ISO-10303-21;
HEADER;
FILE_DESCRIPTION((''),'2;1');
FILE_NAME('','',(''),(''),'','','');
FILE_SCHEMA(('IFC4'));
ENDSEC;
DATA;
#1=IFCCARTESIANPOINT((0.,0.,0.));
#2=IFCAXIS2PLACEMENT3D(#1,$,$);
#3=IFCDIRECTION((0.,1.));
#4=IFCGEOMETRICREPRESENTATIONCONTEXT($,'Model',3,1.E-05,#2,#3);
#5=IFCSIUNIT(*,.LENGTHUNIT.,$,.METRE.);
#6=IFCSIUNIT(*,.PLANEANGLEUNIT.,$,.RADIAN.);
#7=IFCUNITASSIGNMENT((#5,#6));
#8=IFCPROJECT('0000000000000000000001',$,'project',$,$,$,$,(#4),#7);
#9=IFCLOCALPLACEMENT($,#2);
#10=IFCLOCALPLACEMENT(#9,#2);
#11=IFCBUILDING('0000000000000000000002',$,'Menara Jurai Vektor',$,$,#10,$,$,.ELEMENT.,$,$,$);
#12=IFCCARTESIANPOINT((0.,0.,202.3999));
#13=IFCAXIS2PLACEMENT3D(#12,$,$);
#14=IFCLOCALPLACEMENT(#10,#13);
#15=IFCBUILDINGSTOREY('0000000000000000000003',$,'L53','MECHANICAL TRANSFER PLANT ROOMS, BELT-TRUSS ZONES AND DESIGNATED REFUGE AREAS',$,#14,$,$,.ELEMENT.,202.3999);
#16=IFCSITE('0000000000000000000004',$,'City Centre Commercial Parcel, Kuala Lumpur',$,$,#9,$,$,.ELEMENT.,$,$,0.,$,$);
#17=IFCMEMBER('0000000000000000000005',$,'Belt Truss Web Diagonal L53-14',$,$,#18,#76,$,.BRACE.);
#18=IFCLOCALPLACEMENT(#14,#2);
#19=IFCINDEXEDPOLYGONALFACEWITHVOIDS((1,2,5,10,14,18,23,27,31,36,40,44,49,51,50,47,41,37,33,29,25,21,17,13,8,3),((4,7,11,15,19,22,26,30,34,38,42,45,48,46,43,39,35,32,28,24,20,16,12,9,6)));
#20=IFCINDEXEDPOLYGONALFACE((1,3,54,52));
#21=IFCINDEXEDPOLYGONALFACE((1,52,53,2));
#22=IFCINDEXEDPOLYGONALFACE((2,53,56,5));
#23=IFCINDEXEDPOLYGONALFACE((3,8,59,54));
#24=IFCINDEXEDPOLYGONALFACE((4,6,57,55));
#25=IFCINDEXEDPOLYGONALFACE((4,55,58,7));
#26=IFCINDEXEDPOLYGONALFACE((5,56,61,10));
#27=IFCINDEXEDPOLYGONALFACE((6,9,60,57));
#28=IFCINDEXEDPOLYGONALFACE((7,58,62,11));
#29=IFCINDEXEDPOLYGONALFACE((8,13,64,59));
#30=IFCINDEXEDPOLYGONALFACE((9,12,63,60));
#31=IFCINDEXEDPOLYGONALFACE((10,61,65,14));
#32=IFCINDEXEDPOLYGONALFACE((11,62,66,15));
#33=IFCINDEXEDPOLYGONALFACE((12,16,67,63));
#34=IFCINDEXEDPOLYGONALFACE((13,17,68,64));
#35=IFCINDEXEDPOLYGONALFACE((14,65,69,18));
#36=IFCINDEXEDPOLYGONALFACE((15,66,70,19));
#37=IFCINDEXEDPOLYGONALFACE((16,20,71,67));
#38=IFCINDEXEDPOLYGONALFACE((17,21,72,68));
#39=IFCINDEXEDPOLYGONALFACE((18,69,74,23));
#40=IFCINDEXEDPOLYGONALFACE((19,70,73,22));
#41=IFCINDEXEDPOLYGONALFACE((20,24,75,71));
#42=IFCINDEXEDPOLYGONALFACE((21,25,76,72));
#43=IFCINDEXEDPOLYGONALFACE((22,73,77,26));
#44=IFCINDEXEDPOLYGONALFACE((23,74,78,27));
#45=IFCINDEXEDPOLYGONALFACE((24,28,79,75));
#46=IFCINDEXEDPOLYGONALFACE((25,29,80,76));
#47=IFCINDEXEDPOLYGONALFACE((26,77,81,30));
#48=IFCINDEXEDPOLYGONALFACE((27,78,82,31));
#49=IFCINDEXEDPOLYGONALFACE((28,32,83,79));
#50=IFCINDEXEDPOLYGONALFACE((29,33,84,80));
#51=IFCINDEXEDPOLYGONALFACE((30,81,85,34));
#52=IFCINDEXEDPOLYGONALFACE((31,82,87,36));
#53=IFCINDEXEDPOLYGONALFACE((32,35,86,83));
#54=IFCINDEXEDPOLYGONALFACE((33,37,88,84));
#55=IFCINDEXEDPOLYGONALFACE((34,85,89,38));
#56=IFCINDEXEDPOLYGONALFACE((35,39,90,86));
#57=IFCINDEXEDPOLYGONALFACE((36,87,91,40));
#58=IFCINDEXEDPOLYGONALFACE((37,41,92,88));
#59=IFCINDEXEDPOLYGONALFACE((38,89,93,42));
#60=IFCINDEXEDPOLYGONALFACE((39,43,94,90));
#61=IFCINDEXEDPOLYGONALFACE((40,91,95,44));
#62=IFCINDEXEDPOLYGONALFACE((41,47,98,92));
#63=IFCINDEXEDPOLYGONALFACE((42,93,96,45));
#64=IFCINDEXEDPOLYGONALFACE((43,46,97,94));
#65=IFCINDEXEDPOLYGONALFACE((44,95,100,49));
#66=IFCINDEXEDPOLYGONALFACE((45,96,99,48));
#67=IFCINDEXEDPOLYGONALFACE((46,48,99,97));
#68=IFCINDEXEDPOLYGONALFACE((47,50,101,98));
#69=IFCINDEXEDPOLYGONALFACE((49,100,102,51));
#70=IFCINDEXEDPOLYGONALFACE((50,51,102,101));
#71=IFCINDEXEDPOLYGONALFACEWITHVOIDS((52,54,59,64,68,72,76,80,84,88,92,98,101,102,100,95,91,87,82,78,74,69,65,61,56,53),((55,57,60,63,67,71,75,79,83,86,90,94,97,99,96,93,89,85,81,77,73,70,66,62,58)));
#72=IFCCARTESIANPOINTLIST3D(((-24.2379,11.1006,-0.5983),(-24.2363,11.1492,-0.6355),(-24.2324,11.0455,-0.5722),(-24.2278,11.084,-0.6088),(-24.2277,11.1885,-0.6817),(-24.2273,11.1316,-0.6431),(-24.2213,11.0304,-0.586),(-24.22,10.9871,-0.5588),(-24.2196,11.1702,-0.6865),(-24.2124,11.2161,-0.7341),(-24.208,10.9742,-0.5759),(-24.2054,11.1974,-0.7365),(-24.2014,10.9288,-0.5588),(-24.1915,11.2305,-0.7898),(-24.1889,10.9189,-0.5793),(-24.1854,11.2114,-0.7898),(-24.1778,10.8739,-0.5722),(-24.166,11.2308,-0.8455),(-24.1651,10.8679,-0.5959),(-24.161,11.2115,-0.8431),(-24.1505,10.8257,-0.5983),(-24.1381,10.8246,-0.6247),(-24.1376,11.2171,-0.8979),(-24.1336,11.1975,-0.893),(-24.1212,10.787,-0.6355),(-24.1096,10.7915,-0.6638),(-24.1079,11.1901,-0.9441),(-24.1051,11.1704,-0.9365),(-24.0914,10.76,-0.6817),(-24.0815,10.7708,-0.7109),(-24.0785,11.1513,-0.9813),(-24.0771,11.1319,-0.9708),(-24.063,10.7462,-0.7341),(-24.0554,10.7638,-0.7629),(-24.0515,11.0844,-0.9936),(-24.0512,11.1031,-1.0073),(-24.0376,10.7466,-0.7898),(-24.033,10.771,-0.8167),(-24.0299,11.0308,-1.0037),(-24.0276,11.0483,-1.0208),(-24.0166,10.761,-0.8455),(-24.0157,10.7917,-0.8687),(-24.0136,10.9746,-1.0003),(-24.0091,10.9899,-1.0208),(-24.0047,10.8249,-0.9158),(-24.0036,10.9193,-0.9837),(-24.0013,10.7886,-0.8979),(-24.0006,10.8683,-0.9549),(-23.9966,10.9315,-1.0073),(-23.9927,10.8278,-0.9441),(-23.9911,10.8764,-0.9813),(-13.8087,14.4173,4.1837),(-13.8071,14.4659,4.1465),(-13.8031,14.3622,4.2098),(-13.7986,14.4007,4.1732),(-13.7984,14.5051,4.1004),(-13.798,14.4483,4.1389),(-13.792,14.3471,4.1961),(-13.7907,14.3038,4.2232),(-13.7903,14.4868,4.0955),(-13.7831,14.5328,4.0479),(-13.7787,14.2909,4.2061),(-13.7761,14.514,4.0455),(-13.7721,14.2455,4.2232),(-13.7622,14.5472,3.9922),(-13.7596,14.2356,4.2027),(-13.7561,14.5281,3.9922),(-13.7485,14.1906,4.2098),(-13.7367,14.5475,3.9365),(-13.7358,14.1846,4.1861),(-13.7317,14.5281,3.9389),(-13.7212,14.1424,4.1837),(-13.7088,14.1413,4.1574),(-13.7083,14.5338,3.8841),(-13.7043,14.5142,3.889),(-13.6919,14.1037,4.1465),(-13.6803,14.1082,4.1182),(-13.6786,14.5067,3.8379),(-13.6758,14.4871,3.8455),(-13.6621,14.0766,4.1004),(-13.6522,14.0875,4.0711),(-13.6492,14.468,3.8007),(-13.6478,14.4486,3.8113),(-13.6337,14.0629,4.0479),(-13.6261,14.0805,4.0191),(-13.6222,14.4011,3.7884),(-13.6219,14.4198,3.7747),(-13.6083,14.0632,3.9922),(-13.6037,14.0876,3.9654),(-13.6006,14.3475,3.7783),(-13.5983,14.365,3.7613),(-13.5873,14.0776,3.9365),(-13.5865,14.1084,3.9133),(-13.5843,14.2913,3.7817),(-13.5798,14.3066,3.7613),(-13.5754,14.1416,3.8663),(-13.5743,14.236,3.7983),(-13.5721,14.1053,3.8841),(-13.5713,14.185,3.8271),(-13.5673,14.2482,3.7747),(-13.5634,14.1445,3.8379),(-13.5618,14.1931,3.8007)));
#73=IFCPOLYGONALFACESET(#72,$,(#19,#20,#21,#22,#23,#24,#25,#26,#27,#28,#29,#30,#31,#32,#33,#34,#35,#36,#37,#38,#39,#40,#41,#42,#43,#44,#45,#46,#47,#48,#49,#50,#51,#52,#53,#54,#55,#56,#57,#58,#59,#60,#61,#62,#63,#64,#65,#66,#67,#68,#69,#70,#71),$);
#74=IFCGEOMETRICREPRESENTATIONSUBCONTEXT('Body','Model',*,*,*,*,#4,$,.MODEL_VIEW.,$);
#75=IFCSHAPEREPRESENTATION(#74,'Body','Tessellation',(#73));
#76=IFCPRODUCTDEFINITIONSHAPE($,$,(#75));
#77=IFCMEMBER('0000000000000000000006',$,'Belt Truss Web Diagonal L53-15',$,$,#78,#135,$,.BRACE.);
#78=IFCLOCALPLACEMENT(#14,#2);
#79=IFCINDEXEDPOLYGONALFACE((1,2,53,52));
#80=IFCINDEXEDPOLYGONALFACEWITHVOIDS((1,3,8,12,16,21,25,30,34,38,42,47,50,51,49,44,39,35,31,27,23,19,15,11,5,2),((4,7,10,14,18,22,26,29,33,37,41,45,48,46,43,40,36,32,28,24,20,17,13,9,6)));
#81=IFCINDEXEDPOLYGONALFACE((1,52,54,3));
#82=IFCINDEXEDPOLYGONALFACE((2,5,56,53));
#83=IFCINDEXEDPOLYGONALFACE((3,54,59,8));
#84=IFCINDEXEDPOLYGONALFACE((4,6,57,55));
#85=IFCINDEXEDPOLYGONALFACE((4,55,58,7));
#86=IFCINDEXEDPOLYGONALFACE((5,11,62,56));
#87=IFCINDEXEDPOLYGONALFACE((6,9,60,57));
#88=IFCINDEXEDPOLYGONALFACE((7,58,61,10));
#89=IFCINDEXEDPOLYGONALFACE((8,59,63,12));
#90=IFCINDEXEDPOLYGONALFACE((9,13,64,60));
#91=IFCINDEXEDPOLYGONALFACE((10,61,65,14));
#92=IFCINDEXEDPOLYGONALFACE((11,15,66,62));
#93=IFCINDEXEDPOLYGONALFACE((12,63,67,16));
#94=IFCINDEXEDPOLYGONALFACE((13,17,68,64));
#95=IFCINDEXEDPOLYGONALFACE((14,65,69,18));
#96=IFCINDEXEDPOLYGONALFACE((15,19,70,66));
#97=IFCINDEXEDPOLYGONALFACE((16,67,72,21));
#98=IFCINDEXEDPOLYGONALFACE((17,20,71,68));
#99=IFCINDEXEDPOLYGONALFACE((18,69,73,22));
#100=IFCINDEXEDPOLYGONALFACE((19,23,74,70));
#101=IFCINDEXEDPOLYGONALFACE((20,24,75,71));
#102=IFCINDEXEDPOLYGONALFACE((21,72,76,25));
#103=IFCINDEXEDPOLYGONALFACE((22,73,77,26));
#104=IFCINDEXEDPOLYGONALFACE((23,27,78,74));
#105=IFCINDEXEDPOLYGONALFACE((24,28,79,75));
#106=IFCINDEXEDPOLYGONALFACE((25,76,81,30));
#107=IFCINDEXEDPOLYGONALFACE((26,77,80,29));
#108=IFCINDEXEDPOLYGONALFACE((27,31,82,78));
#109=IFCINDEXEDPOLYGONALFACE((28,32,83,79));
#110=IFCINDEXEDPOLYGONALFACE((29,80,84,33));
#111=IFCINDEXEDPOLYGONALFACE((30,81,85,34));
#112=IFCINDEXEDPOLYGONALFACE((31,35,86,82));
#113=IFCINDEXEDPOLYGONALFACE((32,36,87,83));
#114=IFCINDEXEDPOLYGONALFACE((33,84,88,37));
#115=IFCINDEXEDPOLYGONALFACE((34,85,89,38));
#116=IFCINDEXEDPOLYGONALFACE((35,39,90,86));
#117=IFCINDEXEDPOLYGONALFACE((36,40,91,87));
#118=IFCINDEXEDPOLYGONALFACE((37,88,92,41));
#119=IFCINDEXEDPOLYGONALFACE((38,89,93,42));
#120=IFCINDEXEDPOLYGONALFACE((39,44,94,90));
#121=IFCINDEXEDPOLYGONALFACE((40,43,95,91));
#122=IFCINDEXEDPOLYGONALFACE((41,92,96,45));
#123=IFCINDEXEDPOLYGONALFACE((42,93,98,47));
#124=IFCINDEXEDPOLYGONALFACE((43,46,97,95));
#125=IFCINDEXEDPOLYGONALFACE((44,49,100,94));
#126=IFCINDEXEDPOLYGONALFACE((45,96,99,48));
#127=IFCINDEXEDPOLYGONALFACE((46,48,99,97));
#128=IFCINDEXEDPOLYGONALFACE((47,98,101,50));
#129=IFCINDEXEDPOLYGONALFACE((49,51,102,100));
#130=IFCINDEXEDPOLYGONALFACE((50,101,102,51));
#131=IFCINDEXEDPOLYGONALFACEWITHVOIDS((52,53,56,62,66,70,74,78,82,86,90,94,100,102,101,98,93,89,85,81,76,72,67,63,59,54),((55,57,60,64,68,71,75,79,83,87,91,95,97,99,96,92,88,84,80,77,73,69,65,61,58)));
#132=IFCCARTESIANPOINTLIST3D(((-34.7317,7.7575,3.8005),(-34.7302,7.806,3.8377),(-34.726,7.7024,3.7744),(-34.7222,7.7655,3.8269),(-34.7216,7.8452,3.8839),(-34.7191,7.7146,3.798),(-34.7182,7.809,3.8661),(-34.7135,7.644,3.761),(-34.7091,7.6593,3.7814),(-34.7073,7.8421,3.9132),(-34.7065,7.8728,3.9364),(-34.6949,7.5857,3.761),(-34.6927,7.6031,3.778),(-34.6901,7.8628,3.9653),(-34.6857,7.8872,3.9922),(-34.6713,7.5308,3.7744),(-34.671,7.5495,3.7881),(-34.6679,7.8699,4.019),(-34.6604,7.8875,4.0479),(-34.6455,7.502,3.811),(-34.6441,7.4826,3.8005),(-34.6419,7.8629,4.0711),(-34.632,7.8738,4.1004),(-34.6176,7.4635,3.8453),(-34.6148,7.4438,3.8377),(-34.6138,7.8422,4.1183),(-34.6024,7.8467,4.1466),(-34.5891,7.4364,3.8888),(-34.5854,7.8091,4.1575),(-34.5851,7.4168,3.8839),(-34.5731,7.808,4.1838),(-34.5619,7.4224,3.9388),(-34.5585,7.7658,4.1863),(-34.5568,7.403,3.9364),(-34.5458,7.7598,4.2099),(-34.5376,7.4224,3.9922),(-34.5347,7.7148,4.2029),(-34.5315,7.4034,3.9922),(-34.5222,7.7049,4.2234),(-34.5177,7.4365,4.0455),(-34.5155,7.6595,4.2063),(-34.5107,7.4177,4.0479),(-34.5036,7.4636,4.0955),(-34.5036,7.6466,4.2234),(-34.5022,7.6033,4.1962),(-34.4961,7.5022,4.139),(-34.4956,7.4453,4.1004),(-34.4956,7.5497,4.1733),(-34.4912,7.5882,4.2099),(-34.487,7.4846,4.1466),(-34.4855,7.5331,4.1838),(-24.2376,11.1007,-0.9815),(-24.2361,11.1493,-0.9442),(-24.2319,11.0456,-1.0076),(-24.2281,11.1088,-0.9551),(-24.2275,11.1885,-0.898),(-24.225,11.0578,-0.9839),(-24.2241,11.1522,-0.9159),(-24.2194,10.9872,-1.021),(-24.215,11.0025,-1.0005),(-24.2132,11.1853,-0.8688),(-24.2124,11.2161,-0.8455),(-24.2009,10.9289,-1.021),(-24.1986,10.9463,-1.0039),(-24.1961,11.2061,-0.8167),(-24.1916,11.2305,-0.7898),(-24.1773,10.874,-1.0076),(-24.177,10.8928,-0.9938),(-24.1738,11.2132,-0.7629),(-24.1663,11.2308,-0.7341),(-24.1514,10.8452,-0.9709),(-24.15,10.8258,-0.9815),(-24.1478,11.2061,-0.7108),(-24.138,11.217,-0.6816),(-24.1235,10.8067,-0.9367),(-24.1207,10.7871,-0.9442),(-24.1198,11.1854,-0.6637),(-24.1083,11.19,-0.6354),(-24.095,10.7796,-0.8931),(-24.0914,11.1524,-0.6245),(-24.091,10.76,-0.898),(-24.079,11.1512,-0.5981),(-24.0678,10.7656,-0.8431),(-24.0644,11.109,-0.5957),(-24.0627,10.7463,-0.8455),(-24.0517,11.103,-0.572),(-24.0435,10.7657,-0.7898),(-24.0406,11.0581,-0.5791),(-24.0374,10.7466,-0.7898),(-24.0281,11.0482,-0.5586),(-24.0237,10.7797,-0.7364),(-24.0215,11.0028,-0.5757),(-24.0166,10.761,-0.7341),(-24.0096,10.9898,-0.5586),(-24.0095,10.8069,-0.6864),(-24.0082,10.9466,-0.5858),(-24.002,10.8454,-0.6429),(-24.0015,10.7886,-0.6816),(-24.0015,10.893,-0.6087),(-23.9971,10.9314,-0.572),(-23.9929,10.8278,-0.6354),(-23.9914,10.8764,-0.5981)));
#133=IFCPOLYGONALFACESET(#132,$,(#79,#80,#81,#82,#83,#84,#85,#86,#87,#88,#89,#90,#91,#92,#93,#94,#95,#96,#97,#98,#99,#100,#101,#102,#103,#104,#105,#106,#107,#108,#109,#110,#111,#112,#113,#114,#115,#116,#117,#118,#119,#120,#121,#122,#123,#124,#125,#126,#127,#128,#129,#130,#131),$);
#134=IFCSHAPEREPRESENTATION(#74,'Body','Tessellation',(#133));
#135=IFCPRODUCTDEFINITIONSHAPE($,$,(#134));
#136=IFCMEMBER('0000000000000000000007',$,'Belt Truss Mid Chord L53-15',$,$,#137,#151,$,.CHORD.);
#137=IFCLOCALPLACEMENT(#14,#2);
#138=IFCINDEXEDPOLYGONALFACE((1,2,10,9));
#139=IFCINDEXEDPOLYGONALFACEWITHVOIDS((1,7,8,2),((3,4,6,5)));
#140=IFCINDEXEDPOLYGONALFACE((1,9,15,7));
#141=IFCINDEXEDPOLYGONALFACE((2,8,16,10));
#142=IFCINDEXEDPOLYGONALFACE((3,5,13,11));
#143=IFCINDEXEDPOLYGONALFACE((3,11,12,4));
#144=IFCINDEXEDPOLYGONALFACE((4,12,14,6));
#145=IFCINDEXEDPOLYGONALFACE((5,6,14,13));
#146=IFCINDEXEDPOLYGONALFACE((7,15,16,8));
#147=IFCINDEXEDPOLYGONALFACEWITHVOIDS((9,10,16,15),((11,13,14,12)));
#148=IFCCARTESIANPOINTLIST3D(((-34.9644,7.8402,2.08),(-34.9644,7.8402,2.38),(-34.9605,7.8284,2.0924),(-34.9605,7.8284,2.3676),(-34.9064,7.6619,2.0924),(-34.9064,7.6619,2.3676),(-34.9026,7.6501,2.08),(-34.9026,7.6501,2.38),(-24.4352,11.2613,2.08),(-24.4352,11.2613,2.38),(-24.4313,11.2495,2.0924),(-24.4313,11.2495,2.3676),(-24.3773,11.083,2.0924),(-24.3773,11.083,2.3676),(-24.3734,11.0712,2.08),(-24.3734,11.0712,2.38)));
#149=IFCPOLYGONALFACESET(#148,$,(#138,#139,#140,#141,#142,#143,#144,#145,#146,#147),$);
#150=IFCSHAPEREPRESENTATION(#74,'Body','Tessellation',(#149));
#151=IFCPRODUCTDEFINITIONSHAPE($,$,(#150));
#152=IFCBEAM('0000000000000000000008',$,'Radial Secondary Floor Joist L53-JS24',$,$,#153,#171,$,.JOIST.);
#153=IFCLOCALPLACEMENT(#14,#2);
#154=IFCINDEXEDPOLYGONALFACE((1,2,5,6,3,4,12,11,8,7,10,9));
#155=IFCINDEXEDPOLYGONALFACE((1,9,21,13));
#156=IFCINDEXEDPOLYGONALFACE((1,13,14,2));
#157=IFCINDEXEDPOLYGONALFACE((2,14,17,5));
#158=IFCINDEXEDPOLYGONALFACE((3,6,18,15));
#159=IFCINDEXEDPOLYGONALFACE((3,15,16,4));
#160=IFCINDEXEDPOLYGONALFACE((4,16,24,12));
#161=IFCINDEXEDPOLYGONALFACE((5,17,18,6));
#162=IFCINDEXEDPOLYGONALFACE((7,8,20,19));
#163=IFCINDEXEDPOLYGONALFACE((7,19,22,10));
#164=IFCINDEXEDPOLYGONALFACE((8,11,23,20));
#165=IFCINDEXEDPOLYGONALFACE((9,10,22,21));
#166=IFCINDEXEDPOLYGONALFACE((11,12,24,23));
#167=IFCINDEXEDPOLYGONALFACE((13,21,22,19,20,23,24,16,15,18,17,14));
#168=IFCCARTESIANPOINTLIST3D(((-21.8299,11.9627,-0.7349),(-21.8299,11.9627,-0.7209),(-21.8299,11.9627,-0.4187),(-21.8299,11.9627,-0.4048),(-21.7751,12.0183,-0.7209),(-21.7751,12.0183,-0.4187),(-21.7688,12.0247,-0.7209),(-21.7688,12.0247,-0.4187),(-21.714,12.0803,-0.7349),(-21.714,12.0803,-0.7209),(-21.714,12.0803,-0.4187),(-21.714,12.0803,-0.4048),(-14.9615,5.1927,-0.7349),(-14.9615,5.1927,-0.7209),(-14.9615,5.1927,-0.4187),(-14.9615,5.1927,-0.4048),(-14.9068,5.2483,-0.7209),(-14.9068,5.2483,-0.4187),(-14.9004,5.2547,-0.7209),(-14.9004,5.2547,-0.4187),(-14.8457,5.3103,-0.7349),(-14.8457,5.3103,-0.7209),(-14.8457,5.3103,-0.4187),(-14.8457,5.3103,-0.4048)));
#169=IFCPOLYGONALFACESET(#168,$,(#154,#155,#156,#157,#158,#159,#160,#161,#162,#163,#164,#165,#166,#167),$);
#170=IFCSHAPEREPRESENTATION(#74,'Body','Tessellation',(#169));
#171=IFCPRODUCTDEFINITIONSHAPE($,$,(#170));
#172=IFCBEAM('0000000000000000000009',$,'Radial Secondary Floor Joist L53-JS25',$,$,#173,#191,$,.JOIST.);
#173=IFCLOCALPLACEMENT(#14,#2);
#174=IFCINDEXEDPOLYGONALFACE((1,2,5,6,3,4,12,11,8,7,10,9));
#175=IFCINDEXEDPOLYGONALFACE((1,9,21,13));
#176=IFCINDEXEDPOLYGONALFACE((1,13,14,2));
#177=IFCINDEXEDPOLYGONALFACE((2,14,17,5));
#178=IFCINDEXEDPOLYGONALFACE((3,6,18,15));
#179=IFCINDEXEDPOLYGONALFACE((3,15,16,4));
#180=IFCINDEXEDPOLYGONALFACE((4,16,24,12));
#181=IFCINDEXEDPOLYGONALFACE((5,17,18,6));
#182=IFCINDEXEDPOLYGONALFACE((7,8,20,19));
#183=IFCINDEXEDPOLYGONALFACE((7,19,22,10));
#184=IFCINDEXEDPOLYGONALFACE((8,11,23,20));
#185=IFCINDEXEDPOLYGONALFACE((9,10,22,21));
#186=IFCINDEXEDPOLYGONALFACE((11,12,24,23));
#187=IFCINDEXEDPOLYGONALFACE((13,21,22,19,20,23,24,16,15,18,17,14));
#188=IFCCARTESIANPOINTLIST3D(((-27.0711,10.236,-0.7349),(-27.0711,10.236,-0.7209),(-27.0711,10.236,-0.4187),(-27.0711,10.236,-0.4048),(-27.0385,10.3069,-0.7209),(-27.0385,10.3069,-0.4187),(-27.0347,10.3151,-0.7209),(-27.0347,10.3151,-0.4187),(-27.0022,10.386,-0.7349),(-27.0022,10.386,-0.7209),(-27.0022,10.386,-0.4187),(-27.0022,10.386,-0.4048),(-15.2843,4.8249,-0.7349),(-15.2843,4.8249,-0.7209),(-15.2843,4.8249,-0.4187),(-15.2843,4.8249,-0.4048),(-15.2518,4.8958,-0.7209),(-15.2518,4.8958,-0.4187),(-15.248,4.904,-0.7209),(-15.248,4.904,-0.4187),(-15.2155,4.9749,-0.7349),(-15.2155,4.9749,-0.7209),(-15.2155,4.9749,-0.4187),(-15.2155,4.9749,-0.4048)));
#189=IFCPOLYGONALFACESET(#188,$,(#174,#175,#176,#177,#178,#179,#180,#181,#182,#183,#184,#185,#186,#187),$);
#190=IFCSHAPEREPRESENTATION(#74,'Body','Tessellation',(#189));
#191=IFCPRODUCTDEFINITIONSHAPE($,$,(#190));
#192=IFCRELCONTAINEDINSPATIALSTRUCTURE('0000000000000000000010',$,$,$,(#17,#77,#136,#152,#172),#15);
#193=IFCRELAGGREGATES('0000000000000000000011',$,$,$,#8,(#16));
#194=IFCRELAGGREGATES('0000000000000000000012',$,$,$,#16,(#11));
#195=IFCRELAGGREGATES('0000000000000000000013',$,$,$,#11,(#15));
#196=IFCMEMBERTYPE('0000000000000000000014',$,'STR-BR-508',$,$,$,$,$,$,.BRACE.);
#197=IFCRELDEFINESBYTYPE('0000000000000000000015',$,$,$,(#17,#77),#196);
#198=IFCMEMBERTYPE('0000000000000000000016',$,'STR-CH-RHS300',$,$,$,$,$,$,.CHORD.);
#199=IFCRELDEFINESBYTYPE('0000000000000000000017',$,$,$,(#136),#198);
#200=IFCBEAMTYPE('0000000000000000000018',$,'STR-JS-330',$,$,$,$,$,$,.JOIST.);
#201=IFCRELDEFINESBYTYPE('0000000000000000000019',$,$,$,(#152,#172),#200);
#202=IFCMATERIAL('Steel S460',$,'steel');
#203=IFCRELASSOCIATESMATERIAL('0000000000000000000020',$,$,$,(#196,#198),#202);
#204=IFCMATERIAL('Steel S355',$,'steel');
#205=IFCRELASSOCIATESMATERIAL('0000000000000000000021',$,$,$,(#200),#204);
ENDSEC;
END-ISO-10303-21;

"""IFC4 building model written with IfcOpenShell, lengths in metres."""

from ifc_helpers import new_model, si_unit, direction, frame, origin, origin_2d, place, context, subcontext, project, spatial, hollow_rectangle, hollow_circle, i_section, extrude, material, material_profile, profile_set, type_object, element, save


model = new_model("IFC4")

# Units and contexts
model_context = context("Model", 3, precision=1e-05, world=origin(), true_north=direction((0.0, 1.0)))
body_context = subcontext(model_context, "Body", "Model", "MODEL_VIEW")
ifc_project = project(units=[si_unit("LENGTHUNIT", "METRE"), si_unit("PLANEANGLEUNIT", "RADIAN")], contexts=[model_context])

# Site, building, storey
site_placement = place(None, origin())
site = spatial("IfcSite", under=ifc_project, at=site_placement, Name="City Centre Commercial Parcel, Kuala Lumpur", CompositionType="ELEMENT", RefElevation=0.0)
building_placement = place(site_placement, origin())
building = spatial("IfcBuilding", under=site, at=building_placement, Name="Menara Jurai Vektor", CompositionType="ELEMENT")
storey_placement = place(building_placement, frame((0.0, 0.0, 202.3999)))
storey = spatial("IfcBuildingStorey", under=building, at=storey_placement, Name="L53", Description="MECHANICAL TRANSFER PLANT ROOMS, BELT-TRUSS ZONES AND DESIGNATED REFUGE AREAS", CompositionType="ELEMENT", Elevation=202.3999)

# Shared definitions
ifc_material_1 = material(Name="Steel S460", Category="steel")

# Shared definitions
ifc_material_2 = material(Name="Steel S355", Category="steel")

# Members
ifc_material_profile_1 = material_profile(ifc_material_1, hollow_circle(Radius=0.2539, WallThickness=0.02, at=origin_2d()), Name="CHS 508x20")
ifc_profile_set_1 = profile_set([ifc_material_profile_1], Name="Steel S460")
member_type_1 = type_object("IfcMemberType", Name="STR-BR-508", PredefinedType="BRACE", material=ifc_profile_set_1)
member_1_placement = place(storey_placement, frame((-24.1145, 10.9885, -0.7898), z_axis=(0.873246, 0.277706, 0.4004), x_axis=(-0.30306, 0.952971, 0.0)))
element("IfcMember", 1, at=member_1_placement, inside=storey, type_object=member_type_1, Name="Belt Truss Web Diagonal L53-14", PredefinedType="BRACE", context=body_context, shape_type="SweptSolid", body=[
    extrude(hollow_circle(Radius=0.2539, WallThickness=0.02, at=origin_2d()), origin(), (0.0, 0.0, 1.0), 11.9431),
])
member_2_placement = place(storey_placement, frame((-24.1145, 10.9885, -0.7898), z_axis=(-0.873991, -0.278439, 0.398261), x_axis=(0.303551, -0.952815, 0.0)))
element("IfcMember", 2, at=member_2_placement, inside=storey, type_object=member_type_1, Name="Belt Truss Web Diagonal L53-15", PredefinedType="BRACE", context=body_context, shape_type="SweptSolid", body=[
    extrude(hollow_circle(Radius=0.2539, WallThickness=0.02, at=origin_2d()), origin(), (0.0, 0.0, 1.0), 12.0071),
])
ifc_material_profile_2 = material_profile(ifc_material_1, hollow_rectangle(XDim=0.2, YDim=0.3, WallThickness=0.0125, at=origin_2d()), Name="RHS 300x200x12.5")
ifc_profile_set_2 = profile_set([ifc_material_profile_2], Name="Steel S460")
member_type_2 = type_object("IfcMemberType", Name="STR-CH-RHS300", PredefinedType="CHORD", material=ifc_profile_set_2)
member_3_placement = place(storey_placement, frame((-24.4043, 11.1663, 2.23), z_axis=(-0.951057, -0.309014, 0.0), x_axis=(0.309014, -0.951057, 0.0)))
element("IfcMember", 3, at=member_3_placement, inside=storey, type_object=member_type_2, Name="Belt Truss Mid Chord L53-15", PredefinedType="CHORD", context=body_context, shape_type="SweptSolid", body=[
    extrude(hollow_rectangle(XDim=0.2, YDim=0.3, WallThickness=0.0125, at=origin_2d()), origin(), (0.0, 0.0, 1.0), 11.071),
])

# Beams
ifc_material_profile_3 = material_profile(ifc_material_2, i_section(OverallWidth=0.165, OverallDepth=0.3301, WebThickness=0.009, FlangeThickness=0.0139, at=origin_2d()), Name="PG 330x165x46")
ifc_profile_set_3 = profile_set([ifc_material_profile_3], Name="Steel S355")
beam_type_1 = type_object("IfcBeamType", Name="STR-JS-330", PredefinedType="JOIST", material=ifc_profile_set_3)
beam_1_placement = place(storey_placement, frame((-21.772, 12.0215, -0.5698), z_axis=(0.712189, -0.701987, 0.0), x_axis=(0.701987, 0.712189, 0.0)))
element("IfcBeam", 4, at=beam_1_placement, inside=storey, type_object=beam_type_1, Name="Radial Secondary Floor Joist L53-JS24", PredefinedType="JOIST", context=body_context, shape_type="SweptSolid", body=[
    extrude(i_section(OverallWidth=0.165, OverallDepth=0.3301, WebThickness=0.009, FlangeThickness=0.0139, at=origin_2d()), origin(), (0.0, 0.0, 1.0), 9.644),
])
beam_2_placement = place(storey_placement, frame((-27.0366, 10.311, -0.5698), z_axis=(0.908804, -0.417224, 0.0), x_axis=(0.417224, 0.908804, 0.0)))
element("IfcBeam", 5, at=beam_2_placement, inside=storey, type_object=beam_type_1, Name="Radial Secondary Floor Joist L53-JS25", PredefinedType="JOIST", context=body_context, shape_type="SweptSolid", body=[
    extrude(i_section(OverallWidth=0.165, OverallDepth=0.3301, WebThickness=0.009, FlangeThickness=0.0139, at=origin_2d()), origin(), (0.0, 0.0, 1.0), 12.9695),
])

save(model, "model.ifc")
